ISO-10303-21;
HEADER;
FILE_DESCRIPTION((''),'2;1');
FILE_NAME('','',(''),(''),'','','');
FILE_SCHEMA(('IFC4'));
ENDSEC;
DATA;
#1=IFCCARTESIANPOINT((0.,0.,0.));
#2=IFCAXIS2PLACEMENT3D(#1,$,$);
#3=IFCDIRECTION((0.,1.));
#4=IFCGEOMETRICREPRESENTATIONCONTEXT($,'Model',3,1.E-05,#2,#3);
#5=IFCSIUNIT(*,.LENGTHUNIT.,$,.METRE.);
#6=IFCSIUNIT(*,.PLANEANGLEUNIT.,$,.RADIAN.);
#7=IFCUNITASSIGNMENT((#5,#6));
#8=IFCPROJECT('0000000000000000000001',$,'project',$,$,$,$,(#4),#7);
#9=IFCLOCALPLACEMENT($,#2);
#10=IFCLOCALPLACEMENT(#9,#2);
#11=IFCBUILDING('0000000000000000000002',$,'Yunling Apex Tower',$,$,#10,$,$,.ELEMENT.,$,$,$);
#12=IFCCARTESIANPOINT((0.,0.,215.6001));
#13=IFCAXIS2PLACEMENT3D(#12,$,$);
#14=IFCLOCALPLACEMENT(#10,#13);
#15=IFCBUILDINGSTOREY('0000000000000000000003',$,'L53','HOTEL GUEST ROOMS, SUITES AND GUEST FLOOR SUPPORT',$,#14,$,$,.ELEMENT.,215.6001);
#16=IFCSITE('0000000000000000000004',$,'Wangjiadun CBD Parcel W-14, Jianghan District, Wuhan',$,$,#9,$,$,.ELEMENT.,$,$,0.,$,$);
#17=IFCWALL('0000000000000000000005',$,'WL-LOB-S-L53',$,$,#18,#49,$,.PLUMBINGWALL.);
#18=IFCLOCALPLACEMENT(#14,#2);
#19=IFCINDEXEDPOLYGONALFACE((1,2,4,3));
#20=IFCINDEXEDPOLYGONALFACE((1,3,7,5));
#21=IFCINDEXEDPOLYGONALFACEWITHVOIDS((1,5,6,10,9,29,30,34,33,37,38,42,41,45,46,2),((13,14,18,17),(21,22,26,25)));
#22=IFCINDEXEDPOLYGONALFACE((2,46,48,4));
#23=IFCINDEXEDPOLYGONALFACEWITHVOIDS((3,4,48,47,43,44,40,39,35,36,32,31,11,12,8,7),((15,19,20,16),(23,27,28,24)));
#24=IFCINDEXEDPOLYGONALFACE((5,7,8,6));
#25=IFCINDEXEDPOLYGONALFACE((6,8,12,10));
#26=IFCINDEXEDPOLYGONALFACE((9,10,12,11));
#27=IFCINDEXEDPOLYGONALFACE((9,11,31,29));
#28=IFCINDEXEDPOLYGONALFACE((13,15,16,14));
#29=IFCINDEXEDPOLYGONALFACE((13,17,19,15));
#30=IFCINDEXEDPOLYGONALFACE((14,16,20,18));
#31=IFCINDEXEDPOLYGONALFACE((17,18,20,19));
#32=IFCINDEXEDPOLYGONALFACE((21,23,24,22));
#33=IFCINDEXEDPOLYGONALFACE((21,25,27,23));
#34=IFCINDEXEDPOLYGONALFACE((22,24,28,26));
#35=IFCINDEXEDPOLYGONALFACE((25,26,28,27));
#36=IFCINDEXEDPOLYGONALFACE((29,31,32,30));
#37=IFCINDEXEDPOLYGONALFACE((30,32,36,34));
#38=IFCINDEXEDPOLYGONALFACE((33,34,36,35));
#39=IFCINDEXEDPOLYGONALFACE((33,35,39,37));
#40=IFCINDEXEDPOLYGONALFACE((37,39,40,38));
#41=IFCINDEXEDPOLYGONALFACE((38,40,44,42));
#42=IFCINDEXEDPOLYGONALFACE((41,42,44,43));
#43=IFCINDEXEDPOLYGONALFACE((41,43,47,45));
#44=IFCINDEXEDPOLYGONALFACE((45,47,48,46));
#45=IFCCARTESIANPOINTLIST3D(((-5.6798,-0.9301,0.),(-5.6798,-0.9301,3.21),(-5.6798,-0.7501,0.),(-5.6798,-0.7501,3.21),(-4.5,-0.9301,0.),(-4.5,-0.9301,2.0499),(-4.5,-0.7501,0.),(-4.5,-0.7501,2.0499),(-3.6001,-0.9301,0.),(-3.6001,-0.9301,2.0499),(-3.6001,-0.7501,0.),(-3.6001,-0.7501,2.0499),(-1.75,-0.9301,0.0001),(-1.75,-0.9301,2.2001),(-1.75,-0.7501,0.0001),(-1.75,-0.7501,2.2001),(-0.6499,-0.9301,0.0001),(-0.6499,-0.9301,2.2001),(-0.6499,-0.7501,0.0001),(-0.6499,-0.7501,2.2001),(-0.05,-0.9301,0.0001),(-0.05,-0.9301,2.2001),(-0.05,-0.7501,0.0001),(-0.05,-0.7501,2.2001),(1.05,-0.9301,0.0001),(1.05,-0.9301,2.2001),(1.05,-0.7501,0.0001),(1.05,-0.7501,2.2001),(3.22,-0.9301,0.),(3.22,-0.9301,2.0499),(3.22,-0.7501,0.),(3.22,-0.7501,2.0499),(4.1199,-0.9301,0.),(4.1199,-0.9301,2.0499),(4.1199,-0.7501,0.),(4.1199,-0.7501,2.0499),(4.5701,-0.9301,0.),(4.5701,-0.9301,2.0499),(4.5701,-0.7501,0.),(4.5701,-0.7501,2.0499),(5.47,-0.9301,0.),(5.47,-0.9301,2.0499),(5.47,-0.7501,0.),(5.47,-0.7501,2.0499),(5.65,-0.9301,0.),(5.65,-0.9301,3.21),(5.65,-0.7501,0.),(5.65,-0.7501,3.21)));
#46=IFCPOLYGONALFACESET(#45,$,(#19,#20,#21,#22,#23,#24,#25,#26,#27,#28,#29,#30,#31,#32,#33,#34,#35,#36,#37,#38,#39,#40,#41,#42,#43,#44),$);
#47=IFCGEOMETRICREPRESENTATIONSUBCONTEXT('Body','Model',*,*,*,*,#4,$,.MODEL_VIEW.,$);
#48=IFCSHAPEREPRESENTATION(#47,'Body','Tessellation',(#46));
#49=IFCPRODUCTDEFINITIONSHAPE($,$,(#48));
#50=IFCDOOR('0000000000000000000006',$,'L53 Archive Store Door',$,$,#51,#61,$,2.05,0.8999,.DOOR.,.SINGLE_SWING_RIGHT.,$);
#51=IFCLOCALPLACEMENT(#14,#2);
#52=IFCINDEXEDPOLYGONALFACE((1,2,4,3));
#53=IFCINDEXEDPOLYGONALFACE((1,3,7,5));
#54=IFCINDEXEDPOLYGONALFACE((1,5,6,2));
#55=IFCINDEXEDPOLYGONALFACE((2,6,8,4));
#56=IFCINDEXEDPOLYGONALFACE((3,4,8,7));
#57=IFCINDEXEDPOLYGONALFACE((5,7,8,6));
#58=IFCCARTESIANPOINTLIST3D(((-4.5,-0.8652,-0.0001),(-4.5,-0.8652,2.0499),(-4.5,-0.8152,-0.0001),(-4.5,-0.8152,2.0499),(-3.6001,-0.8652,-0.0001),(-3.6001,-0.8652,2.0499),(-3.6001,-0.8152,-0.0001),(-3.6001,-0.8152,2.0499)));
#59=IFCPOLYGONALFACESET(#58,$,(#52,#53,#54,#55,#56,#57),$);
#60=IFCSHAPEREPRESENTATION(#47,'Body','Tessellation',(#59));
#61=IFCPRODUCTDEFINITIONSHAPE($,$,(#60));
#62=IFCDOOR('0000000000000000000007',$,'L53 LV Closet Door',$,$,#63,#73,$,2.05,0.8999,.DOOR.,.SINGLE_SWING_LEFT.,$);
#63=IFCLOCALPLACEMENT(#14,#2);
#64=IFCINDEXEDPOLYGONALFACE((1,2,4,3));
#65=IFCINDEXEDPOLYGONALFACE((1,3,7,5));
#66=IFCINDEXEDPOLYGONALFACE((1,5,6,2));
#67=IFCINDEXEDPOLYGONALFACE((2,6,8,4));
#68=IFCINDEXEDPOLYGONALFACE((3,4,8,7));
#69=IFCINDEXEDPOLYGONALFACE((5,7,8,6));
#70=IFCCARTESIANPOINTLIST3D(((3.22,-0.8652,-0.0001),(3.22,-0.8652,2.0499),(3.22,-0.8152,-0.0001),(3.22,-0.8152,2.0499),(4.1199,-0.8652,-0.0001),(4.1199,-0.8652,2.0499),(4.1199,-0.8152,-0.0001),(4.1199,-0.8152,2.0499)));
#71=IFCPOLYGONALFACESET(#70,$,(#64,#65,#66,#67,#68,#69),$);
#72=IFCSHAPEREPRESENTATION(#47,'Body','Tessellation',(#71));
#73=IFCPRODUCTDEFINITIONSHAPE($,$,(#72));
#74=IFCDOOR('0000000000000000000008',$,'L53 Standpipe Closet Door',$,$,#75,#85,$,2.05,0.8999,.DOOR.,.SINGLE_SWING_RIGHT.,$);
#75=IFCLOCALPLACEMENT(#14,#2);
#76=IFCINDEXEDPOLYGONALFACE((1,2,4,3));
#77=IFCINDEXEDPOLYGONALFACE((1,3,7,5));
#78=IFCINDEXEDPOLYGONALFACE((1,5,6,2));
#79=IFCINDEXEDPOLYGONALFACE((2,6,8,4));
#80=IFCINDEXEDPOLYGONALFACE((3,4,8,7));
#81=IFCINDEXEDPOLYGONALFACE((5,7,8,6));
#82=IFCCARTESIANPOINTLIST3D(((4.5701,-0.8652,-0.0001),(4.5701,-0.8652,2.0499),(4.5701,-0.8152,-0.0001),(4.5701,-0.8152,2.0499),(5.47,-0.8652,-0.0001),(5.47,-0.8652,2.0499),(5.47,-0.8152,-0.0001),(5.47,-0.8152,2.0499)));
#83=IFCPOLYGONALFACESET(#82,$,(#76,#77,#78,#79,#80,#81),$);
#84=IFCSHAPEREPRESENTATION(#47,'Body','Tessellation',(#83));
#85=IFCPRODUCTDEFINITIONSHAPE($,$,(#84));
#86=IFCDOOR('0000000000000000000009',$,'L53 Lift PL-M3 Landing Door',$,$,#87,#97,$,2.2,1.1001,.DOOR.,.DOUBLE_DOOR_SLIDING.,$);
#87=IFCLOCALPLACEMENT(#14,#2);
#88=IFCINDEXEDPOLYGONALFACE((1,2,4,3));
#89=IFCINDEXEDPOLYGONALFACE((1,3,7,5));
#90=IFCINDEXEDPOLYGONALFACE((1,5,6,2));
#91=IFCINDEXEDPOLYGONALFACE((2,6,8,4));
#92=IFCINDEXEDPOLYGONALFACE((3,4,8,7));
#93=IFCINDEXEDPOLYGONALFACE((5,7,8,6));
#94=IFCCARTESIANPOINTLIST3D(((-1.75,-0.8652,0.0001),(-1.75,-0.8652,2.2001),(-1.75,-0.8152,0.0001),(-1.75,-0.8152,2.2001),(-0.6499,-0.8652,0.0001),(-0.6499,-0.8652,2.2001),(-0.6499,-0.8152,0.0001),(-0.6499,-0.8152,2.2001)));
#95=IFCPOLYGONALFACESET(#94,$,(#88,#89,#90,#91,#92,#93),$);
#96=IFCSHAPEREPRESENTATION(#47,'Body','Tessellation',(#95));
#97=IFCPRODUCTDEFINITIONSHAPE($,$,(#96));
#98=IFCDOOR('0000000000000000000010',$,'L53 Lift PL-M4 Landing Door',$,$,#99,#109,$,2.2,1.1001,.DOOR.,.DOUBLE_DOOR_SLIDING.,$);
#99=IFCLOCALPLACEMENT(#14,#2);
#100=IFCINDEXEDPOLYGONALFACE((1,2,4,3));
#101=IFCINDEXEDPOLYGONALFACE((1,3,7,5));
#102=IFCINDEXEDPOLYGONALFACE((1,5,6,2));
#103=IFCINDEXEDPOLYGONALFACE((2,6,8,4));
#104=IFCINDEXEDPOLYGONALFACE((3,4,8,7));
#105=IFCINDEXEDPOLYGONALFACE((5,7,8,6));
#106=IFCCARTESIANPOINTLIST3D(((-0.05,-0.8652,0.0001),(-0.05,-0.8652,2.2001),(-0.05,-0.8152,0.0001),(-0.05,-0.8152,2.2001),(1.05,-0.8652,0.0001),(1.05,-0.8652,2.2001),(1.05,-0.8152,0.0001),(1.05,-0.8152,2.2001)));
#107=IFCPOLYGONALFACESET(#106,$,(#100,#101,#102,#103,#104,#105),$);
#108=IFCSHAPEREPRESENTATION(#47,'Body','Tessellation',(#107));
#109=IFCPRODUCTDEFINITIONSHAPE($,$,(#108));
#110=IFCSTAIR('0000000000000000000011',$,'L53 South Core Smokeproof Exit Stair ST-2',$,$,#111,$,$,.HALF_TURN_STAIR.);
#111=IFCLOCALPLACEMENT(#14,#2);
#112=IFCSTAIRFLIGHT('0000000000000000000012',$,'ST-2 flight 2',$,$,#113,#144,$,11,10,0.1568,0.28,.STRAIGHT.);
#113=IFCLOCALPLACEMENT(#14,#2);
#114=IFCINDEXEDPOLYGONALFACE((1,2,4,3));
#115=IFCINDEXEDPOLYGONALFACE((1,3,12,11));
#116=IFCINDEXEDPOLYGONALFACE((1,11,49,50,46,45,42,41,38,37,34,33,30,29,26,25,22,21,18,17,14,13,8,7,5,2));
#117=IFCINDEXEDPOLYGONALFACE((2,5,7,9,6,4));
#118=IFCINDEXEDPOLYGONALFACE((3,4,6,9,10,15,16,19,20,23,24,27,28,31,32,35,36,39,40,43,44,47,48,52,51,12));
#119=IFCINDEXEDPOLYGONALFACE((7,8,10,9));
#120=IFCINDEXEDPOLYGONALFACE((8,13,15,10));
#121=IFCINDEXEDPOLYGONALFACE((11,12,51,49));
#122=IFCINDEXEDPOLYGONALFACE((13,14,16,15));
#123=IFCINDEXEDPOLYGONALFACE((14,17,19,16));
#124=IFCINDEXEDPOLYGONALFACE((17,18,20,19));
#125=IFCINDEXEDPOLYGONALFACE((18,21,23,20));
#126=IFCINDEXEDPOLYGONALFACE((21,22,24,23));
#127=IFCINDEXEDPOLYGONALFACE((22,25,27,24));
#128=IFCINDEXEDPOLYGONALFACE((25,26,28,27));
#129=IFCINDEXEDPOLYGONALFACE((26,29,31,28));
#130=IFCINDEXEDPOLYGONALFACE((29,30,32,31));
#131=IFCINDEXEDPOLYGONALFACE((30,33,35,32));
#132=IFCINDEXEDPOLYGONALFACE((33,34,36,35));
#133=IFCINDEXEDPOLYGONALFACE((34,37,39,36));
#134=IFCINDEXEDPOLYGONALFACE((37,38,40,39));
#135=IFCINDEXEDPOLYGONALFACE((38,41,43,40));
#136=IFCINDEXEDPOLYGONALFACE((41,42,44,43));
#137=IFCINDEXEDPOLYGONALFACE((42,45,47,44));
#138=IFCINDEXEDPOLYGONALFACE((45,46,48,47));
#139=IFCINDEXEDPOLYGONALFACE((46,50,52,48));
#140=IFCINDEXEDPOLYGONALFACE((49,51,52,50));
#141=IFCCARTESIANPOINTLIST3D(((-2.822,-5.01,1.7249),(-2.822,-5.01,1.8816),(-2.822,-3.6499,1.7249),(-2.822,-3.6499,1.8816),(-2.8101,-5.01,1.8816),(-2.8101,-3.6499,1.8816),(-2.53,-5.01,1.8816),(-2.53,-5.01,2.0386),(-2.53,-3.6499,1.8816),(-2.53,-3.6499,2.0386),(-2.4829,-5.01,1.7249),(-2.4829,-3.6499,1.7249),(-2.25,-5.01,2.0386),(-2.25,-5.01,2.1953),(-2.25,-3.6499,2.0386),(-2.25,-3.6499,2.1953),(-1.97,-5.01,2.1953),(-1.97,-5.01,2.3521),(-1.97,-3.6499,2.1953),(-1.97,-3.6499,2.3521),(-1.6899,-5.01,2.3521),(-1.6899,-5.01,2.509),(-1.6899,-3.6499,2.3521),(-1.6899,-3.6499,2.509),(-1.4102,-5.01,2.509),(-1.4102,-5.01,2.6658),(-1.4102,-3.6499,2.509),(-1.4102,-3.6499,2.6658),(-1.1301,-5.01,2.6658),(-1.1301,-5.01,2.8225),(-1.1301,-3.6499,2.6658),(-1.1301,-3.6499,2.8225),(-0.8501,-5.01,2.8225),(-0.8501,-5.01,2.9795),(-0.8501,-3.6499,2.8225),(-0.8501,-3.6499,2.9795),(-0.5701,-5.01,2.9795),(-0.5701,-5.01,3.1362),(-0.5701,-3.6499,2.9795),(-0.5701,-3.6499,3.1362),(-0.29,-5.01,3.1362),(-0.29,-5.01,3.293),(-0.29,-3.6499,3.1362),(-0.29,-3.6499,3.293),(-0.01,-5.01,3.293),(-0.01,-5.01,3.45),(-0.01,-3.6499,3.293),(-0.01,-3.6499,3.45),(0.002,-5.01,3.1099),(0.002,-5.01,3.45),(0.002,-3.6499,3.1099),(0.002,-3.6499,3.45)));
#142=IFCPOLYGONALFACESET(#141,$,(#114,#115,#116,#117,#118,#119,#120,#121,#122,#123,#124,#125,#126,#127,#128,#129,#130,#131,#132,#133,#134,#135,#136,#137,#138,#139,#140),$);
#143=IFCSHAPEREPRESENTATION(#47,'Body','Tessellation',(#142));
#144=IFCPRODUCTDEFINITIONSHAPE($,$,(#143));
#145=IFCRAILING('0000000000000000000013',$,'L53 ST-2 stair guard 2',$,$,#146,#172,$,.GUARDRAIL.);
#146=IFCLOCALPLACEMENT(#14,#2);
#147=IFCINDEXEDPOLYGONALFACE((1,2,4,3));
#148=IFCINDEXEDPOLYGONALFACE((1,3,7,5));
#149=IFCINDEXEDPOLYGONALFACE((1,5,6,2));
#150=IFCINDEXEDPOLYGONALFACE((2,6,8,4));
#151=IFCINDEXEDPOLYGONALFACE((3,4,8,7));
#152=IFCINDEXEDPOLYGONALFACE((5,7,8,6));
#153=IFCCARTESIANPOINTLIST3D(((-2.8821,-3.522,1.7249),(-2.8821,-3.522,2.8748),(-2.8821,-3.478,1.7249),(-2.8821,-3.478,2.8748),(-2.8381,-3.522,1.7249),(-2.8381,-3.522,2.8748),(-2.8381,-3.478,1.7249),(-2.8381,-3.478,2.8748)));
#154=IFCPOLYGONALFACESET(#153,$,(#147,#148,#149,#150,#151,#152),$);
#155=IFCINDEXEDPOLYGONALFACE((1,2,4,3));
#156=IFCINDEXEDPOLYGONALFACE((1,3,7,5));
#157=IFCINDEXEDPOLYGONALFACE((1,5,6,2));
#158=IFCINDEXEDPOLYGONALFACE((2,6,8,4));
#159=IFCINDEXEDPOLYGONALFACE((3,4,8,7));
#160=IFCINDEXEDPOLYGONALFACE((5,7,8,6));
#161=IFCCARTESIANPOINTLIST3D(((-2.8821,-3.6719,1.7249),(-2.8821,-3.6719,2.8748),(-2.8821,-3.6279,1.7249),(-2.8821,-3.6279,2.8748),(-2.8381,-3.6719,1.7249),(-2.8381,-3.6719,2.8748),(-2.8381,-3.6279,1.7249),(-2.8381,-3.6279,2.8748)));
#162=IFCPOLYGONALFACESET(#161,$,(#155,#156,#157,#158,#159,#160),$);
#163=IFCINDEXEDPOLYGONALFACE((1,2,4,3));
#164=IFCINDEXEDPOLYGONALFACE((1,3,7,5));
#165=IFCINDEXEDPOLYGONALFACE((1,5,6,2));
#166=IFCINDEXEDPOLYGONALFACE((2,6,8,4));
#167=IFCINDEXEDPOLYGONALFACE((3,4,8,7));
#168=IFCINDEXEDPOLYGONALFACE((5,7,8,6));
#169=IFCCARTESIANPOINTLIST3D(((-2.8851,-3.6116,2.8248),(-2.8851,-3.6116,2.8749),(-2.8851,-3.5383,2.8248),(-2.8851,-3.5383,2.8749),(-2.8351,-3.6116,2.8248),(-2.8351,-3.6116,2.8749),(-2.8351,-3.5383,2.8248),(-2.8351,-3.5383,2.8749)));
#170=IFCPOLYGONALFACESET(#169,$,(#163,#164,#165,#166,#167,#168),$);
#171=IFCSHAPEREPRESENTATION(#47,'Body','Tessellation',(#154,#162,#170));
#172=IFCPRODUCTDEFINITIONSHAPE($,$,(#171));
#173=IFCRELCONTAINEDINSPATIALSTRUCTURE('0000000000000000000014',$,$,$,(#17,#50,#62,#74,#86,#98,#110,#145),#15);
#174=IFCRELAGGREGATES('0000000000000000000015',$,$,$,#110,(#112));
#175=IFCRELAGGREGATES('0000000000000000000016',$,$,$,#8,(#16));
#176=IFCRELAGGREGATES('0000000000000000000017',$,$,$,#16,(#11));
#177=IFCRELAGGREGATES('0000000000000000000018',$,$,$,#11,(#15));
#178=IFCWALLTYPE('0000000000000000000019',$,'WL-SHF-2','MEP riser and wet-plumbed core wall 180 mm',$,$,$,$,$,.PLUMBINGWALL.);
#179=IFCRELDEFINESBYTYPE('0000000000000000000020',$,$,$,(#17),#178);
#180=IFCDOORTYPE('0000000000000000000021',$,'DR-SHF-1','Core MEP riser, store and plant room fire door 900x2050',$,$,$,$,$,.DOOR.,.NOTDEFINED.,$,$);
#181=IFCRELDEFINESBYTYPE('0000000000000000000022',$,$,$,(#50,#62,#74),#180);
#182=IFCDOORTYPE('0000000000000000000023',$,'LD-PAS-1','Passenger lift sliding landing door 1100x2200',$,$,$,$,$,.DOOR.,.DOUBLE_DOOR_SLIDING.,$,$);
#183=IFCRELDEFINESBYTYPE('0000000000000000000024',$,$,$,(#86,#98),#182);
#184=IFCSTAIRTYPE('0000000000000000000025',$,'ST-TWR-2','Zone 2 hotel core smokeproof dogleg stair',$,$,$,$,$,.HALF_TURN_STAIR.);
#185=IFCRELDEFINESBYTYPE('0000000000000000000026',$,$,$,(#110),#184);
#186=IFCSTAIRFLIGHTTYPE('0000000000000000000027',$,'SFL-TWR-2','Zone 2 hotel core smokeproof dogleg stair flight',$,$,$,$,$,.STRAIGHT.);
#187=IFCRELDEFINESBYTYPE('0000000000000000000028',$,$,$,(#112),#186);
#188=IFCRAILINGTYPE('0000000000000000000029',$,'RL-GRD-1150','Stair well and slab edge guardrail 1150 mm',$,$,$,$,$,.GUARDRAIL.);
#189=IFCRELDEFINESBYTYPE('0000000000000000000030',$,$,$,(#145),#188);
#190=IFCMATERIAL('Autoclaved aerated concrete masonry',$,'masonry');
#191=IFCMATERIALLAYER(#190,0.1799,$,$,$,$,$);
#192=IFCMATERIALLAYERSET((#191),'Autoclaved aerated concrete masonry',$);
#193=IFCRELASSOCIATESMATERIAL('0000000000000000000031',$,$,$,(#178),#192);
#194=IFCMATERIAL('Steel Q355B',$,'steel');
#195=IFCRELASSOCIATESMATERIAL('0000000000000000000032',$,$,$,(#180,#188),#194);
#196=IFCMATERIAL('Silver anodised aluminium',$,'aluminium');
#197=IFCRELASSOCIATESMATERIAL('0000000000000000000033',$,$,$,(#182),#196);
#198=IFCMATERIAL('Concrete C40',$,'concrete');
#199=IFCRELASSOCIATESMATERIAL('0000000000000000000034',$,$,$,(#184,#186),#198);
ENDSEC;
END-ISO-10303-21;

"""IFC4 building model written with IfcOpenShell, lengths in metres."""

from ifc_helpers import new_model, si_unit, direction, frame, frame_2d, origin, origin_2d, place, context, subcontext, project, spatial, polyline, rectangle, outline, extrude, material, layer, layer_set, type_object, element, fill, aggregate, save


model = new_model("IFC4")

# Units and contexts
model_context = context("Model", 3, precision=1e-05, world=origin(), true_north=direction((0.0, 1.0)))
body_context = subcontext(model_context, "Body", "Model", "MODEL_VIEW")
ifc_project = project(units=[si_unit("LENGTHUNIT", "METRE"), si_unit("PLANEANGLEUNIT", "RADIAN")], contexts=[model_context])

# Site, building, storey
site_placement = place(None, origin())
site = spatial("IfcSite", under=ifc_project, at=site_placement, Name="Wangjiadun CBD Parcel W-14, Jianghan District, Wuhan", CompositionType="ELEMENT", RefElevation=0.0)
building_placement = place(site_placement, origin())
building = spatial("IfcBuilding", under=site, at=building_placement, Name="Yunling Apex Tower", CompositionType="ELEMENT")
storey_placement = place(building_placement, frame((0.0, 0.0, 215.6001)))
storey = spatial("IfcBuildingStorey", under=building, at=storey_placement, Name="L53", Description="HOTEL GUEST ROOMS, SUITES AND GUEST FLOOR SUPPORT", CompositionType="ELEMENT", Elevation=215.6001)

# Shared definitions
ifc_material_1 = material(Name="Steel Q355B", Category="steel")

# Shared definitions
ifc_material_2 = material(Name="Concrete C40", Category="concrete")

# Shared definitions
ifc_material_3 = material(Name="Autoclaved aerated concrete masonry", Category="masonry")

# Shared definitions
ifc_layer_1 = layer(ifc_material_3, 0.1799)
ifc_layer_set_1 = layer_set([ifc_layer_1], Name="Autoclaved aerated concrete masonry")
wall_type_1 = type_object("IfcWallType", Name="WL-SHF-2", Description="MEP riser and wet-plumbed core wall 180 mm", PredefinedType="PLUMBINGWALL", material=ifc_layer_set_1)

# Wall, openings, doors
wall_1_placement = place(storey_placement, frame((-5.6799, -0.8401, 0.0), z_axis=(0.0, 0.0, 1.0), x_axis=(1.0, 0.0, 0.0)))
wall_1 = element("IfcWall", 1, at=wall_1_placement, inside=storey, type_object=wall_type_1, Name="WL-LOB-S-L53", PredefinedType="PLUMBINGWALL", context=body_context, shape_type="SweptSolid", body=[
    extrude(rectangle(XDim=11.3298, YDim=0.1799, at=frame_2d((5.665, 0.0))), origin(), (0.0, 0.0, 1.0), 3.21),
])
opening_1_placement = place(wall_1_placement, frame((1.1799, 0.0, 0.0)))
opening_1 = element("IfcOpeningElement", 2, at=opening_1_placement, cuts=wall_1, PredefinedType="OPENING", context=body_context, shape_type="SweptSolid", body=[
    extrude(rectangle(XDim=0.8999, YDim=2.05, at=frame_2d((0.45, 1.0249))), frame((0.0, 0.1001, 0.0), z_axis=(0.0, -1.0, 0.0), x_axis=(1.0, 0.0, 0.0)), (0.0, 0.0, 1.0), 0.2),
])
opening_2_placement = place(wall_1_placement, frame((3.9299, 0.0, 0.0)))
opening_2 = element("IfcOpeningElement", 3, at=opening_2_placement, cuts=wall_1, PredefinedType="OPENING", context=body_context, shape_type="SweptSolid", body=[
    extrude(rectangle(XDim=1.1001, YDim=2.2, at=frame_2d((0.55, 1.1001))), frame((0.0, 0.1001, 0.0), z_axis=(0.0, -1.0, 0.0), x_axis=(1.0, 0.0, 0.0)), (0.0, 0.0, 1.0), 0.2),
])
opening_3_placement = place(wall_1_placement, frame((5.6299, 0.0, 0.0)))
opening_3 = element("IfcOpeningElement", 4, at=opening_3_placement, cuts=wall_1, PredefinedType="OPENING", context=body_context, shape_type="SweptSolid", body=[
    extrude(rectangle(XDim=1.1001, YDim=2.2, at=frame_2d((0.55, 1.1001))), frame((0.0, 0.1001, 0.0), z_axis=(0.0, -1.0, 0.0), x_axis=(1.0, 0.0, 0.0)), (0.0, 0.0, 1.0), 0.2),
])
opening_4_placement = place(wall_1_placement, frame((8.8999, 0.0, 0.0)))
opening_4 = element("IfcOpeningElement", 5, at=opening_4_placement, cuts=wall_1, PredefinedType="OPENING", context=body_context, shape_type="SweptSolid", body=[
    extrude(rectangle(XDim=0.8999, YDim=2.05, at=frame_2d((0.45, 1.0249))), frame((0.0, 0.1001, 0.0), z_axis=(0.0, -1.0, 0.0), x_axis=(1.0, 0.0, 0.0)), (0.0, 0.0, 1.0), 0.2),
])
opening_5_placement = place(wall_1_placement, frame((10.25, 0.0, 0.0)))
opening_5 = element("IfcOpeningElement", 6, at=opening_5_placement, cuts=wall_1, PredefinedType="OPENING", context=body_context, shape_type="SweptSolid", body=[
    extrude(rectangle(XDim=0.8999, YDim=2.05, at=frame_2d((0.45, 1.0249))), frame((0.0, 0.1001, 0.0), z_axis=(0.0, -1.0, 0.0), x_axis=(1.0, 0.0, 0.0)), (0.0, 0.0, 1.0), 0.2),
])
door_type_1 = type_object("IfcDoorType", Name="DR-SHF-1", Description="Core MEP riser, store and plant room fire door 900x2050", OperationType="NOTDEFINED", PredefinedType="DOOR", material=ifc_material_1)
door_1_placement = place(opening_1_placement, origin())
door_1 = element("IfcDoor", 7, at=door_1_placement, inside=storey, type_object=door_type_1, Name="L53 Archive Store Door", OperationType="SINGLE_SWING_RIGHT", OverallHeight=2.05, OverallWidth=0.8999, PredefinedType="DOOR", context=body_context, shape_type="SweptSolid", body=[
    extrude(rectangle(XDim=0.8999, YDim=2.05, at=frame_2d((0.45, 1.0249))), frame((0.0, 0.0249, 0.0), z_axis=(0.0, -1.0, 0.0), x_axis=(1.0, 0.0, 0.0)), (0.0, 0.0, 1.0), 0.05),
])
fill(opening_1, door_1)
door_2_placement = place(opening_4_placement, origin())
door_2 = element("IfcDoor", 8, at=door_2_placement, inside=storey, type_object=door_type_1, Name="L53 LV Closet Door", OperationType="SINGLE_SWING_LEFT", OverallHeight=2.05, OverallWidth=0.8999, PredefinedType="DOOR", context=body_context, shape_type="SweptSolid", body=[
    extrude(rectangle(XDim=0.8999, YDim=2.05, at=frame_2d((0.45, 1.0249))), frame((0.0, 0.0249, 0.0), z_axis=(0.0, -1.0, 0.0), x_axis=(1.0, 0.0, 0.0)), (0.0, 0.0, 1.0), 0.05),
])
fill(opening_4, door_2)
door_3_placement = place(opening_5_placement, origin())
door_3 = element("IfcDoor", 9, at=door_3_placement, inside=storey, type_object=door_type_1, Name="L53 Standpipe Closet Door", OperationType="SINGLE_SWING_RIGHT", OverallHeight=2.05, OverallWidth=0.8999, PredefinedType="DOOR", context=body_context, shape_type="SweptSolid", body=[
    extrude(rectangle(XDim=0.8999, YDim=2.05, at=frame_2d((0.45, 1.0249))), frame((0.0, 0.0249, 0.0), z_axis=(0.0, -1.0, 0.0), x_axis=(1.0, 0.0, 0.0)), (0.0, 0.0, 1.0), 0.05),
])
fill(opening_5, door_3)
ifc_material_4 = material(Name="Silver anodised aluminium", Category="aluminium")
door_type_2 = type_object("IfcDoorType", Name="LD-PAS-1", Description="Passenger lift sliding landing door 1100x2200", OperationType="DOUBLE_DOOR_SLIDING", PredefinedType="DOOR", material=ifc_material_4)
door_4_placement = place(opening_2_placement, origin())
door_4 = element("IfcDoor", 10, at=door_4_placement, inside=storey, type_object=door_type_2, Name="L53 Lift PL-M3 Landing Door", OperationType="DOUBLE_DOOR_SLIDING", OverallHeight=2.2, OverallWidth=1.1001, PredefinedType="DOOR", context=body_context, shape_type="SweptSolid", body=[
    extrude(rectangle(XDim=1.1001, YDim=2.2, at=frame_2d((0.55, 1.1001))), frame((0.0, 0.0249, 0.0), z_axis=(0.0, -1.0, 0.0), x_axis=(1.0, 0.0, 0.0)), (0.0, 0.0, 1.0), 0.05),
])
fill(opening_2, door_4)
door_5_placement = place(opening_3_placement, origin())
door_5 = element("IfcDoor", 11, at=door_5_placement, inside=storey, type_object=door_type_2, Name="L53 Lift PL-M4 Landing Door", OperationType="DOUBLE_DOOR_SLIDING", OverallHeight=2.2, OverallWidth=1.1001, PredefinedType="DOOR", context=body_context, shape_type="SweptSolid", body=[
    extrude(rectangle(XDim=1.1001, YDim=2.2, at=frame_2d((0.55, 1.1001))), frame((0.0, 0.0249, 0.0), z_axis=(0.0, -1.0, 0.0), x_axis=(1.0, 0.0, 0.0)), (0.0, 0.0, 1.0), 0.05),
])
fill(opening_3, door_5)

# Stair, stair flight
stair_type = type_object("IfcStairType", Name="ST-TWR-2", Description="Zone 2 hotel core smokeproof dogleg stair", PredefinedType="HALF_TURN_STAIR", material=ifc_material_2)
stair_placement = place(storey_placement, origin())
stair = element("IfcStair", 12, at=stair_placement, inside=storey, type_object=stair_type, Name="L53 South Core Smokeproof Exit Stair ST-2", PredefinedType="HALF_TURN_STAIR")
stair_flight_type = type_object("IfcStairFlightType", Name="SFL-TWR-2", Description="Zone 2 hotel core smokeproof dogleg stair flight", PredefinedType="STRAIGHT", material=ifc_material_2)
stair_flight_placement = place(storey_placement, frame((-2.8101, -4.3301, 1.7249), z_axis=(0.0, 0.0, 1.0), x_axis=(1.0, 0.0, 0.0)))
stair_flight = element("IfcStairFlight", 13, at=stair_flight_placement, type_object=stair_flight_type, Name="ST-2 flight 2", NumberOfRisers=11, NumberOfTreads=10, PredefinedType="STRAIGHT", RiserHeight=0.1568, TreadLength=0.28, context=body_context, shape_type="SweptSolid", body=[
    extrude(outline(polyline([(-0.012, 0.0), (-0.012, 0.1567), (0.0, 0.1567), (0.28, 0.1567), (0.28, 0.3137), (0.5601, 0.3137), (0.5601, 0.4705), (0.8401, 0.4705), (0.8401, 0.6272), (1.1201, 0.6272), (1.1201, 0.7842), (1.3999, 0.7842), (1.3999, 0.9409), (1.6799, 0.9409), (1.6799, 1.0977), (1.96, 1.0977), (1.96, 1.2546), (2.24, 1.2546), (2.24, 1.4114), (2.52, 1.4114), (2.52, 1.5681), (2.8, 1.5681), (2.8, 1.7251), (2.812, 1.7251), (2.812, 1.385), (0.3271, 0.0), (-0.012, 0.0)])), frame((0.0, 0.6802, 0.0), z_axis=(0.0, -1.0, 0.0), x_axis=(1.0, 0.0, 0.0)), (0.0, 0.0, 1.0), 1.3601),
])
aggregate(stair, [stair_flight])

# Railing
railing_type_1 = type_object("IfcRailingType", Name="RL-GRD-1150", Description="Stair well and slab edge guardrail 1150 mm", PredefinedType="GUARDRAIL", material=ifc_material_1)
railing_1_placement = place(storey_placement, frame((-2.8601, -3.5, 1.7249)))
element("IfcRailing", 14, at=railing_1_placement, inside=storey, type_object=railing_type_1, Name="L53 ST-2 stair guard 2", PredefinedType="GUARDRAIL", context=body_context, shape_type="SweptSolid", body=[
    extrude(rectangle(XDim=0.0439, YDim=0.0439, at=origin_2d()), origin(), (0.0, 0.0, 1.0), 1.1499),
    extrude(rectangle(XDim=0.0439, YDim=0.0439, at=origin_2d()), frame((0.0, -0.1499, 0.0)), (0.0, 0.0, 1.0), 1.1499),
    extrude(rectangle(XDim=0.05, YDim=0.05, at=origin_2d()), frame((0.0, -0.0383, 1.125), z_axis=(0.0, -1.0, 0.0), x_axis=(1.0, 0.0, 0.0)), (0.0, 0.0, 1.0), 0.0732),
])

save(model, "model.ifc")
